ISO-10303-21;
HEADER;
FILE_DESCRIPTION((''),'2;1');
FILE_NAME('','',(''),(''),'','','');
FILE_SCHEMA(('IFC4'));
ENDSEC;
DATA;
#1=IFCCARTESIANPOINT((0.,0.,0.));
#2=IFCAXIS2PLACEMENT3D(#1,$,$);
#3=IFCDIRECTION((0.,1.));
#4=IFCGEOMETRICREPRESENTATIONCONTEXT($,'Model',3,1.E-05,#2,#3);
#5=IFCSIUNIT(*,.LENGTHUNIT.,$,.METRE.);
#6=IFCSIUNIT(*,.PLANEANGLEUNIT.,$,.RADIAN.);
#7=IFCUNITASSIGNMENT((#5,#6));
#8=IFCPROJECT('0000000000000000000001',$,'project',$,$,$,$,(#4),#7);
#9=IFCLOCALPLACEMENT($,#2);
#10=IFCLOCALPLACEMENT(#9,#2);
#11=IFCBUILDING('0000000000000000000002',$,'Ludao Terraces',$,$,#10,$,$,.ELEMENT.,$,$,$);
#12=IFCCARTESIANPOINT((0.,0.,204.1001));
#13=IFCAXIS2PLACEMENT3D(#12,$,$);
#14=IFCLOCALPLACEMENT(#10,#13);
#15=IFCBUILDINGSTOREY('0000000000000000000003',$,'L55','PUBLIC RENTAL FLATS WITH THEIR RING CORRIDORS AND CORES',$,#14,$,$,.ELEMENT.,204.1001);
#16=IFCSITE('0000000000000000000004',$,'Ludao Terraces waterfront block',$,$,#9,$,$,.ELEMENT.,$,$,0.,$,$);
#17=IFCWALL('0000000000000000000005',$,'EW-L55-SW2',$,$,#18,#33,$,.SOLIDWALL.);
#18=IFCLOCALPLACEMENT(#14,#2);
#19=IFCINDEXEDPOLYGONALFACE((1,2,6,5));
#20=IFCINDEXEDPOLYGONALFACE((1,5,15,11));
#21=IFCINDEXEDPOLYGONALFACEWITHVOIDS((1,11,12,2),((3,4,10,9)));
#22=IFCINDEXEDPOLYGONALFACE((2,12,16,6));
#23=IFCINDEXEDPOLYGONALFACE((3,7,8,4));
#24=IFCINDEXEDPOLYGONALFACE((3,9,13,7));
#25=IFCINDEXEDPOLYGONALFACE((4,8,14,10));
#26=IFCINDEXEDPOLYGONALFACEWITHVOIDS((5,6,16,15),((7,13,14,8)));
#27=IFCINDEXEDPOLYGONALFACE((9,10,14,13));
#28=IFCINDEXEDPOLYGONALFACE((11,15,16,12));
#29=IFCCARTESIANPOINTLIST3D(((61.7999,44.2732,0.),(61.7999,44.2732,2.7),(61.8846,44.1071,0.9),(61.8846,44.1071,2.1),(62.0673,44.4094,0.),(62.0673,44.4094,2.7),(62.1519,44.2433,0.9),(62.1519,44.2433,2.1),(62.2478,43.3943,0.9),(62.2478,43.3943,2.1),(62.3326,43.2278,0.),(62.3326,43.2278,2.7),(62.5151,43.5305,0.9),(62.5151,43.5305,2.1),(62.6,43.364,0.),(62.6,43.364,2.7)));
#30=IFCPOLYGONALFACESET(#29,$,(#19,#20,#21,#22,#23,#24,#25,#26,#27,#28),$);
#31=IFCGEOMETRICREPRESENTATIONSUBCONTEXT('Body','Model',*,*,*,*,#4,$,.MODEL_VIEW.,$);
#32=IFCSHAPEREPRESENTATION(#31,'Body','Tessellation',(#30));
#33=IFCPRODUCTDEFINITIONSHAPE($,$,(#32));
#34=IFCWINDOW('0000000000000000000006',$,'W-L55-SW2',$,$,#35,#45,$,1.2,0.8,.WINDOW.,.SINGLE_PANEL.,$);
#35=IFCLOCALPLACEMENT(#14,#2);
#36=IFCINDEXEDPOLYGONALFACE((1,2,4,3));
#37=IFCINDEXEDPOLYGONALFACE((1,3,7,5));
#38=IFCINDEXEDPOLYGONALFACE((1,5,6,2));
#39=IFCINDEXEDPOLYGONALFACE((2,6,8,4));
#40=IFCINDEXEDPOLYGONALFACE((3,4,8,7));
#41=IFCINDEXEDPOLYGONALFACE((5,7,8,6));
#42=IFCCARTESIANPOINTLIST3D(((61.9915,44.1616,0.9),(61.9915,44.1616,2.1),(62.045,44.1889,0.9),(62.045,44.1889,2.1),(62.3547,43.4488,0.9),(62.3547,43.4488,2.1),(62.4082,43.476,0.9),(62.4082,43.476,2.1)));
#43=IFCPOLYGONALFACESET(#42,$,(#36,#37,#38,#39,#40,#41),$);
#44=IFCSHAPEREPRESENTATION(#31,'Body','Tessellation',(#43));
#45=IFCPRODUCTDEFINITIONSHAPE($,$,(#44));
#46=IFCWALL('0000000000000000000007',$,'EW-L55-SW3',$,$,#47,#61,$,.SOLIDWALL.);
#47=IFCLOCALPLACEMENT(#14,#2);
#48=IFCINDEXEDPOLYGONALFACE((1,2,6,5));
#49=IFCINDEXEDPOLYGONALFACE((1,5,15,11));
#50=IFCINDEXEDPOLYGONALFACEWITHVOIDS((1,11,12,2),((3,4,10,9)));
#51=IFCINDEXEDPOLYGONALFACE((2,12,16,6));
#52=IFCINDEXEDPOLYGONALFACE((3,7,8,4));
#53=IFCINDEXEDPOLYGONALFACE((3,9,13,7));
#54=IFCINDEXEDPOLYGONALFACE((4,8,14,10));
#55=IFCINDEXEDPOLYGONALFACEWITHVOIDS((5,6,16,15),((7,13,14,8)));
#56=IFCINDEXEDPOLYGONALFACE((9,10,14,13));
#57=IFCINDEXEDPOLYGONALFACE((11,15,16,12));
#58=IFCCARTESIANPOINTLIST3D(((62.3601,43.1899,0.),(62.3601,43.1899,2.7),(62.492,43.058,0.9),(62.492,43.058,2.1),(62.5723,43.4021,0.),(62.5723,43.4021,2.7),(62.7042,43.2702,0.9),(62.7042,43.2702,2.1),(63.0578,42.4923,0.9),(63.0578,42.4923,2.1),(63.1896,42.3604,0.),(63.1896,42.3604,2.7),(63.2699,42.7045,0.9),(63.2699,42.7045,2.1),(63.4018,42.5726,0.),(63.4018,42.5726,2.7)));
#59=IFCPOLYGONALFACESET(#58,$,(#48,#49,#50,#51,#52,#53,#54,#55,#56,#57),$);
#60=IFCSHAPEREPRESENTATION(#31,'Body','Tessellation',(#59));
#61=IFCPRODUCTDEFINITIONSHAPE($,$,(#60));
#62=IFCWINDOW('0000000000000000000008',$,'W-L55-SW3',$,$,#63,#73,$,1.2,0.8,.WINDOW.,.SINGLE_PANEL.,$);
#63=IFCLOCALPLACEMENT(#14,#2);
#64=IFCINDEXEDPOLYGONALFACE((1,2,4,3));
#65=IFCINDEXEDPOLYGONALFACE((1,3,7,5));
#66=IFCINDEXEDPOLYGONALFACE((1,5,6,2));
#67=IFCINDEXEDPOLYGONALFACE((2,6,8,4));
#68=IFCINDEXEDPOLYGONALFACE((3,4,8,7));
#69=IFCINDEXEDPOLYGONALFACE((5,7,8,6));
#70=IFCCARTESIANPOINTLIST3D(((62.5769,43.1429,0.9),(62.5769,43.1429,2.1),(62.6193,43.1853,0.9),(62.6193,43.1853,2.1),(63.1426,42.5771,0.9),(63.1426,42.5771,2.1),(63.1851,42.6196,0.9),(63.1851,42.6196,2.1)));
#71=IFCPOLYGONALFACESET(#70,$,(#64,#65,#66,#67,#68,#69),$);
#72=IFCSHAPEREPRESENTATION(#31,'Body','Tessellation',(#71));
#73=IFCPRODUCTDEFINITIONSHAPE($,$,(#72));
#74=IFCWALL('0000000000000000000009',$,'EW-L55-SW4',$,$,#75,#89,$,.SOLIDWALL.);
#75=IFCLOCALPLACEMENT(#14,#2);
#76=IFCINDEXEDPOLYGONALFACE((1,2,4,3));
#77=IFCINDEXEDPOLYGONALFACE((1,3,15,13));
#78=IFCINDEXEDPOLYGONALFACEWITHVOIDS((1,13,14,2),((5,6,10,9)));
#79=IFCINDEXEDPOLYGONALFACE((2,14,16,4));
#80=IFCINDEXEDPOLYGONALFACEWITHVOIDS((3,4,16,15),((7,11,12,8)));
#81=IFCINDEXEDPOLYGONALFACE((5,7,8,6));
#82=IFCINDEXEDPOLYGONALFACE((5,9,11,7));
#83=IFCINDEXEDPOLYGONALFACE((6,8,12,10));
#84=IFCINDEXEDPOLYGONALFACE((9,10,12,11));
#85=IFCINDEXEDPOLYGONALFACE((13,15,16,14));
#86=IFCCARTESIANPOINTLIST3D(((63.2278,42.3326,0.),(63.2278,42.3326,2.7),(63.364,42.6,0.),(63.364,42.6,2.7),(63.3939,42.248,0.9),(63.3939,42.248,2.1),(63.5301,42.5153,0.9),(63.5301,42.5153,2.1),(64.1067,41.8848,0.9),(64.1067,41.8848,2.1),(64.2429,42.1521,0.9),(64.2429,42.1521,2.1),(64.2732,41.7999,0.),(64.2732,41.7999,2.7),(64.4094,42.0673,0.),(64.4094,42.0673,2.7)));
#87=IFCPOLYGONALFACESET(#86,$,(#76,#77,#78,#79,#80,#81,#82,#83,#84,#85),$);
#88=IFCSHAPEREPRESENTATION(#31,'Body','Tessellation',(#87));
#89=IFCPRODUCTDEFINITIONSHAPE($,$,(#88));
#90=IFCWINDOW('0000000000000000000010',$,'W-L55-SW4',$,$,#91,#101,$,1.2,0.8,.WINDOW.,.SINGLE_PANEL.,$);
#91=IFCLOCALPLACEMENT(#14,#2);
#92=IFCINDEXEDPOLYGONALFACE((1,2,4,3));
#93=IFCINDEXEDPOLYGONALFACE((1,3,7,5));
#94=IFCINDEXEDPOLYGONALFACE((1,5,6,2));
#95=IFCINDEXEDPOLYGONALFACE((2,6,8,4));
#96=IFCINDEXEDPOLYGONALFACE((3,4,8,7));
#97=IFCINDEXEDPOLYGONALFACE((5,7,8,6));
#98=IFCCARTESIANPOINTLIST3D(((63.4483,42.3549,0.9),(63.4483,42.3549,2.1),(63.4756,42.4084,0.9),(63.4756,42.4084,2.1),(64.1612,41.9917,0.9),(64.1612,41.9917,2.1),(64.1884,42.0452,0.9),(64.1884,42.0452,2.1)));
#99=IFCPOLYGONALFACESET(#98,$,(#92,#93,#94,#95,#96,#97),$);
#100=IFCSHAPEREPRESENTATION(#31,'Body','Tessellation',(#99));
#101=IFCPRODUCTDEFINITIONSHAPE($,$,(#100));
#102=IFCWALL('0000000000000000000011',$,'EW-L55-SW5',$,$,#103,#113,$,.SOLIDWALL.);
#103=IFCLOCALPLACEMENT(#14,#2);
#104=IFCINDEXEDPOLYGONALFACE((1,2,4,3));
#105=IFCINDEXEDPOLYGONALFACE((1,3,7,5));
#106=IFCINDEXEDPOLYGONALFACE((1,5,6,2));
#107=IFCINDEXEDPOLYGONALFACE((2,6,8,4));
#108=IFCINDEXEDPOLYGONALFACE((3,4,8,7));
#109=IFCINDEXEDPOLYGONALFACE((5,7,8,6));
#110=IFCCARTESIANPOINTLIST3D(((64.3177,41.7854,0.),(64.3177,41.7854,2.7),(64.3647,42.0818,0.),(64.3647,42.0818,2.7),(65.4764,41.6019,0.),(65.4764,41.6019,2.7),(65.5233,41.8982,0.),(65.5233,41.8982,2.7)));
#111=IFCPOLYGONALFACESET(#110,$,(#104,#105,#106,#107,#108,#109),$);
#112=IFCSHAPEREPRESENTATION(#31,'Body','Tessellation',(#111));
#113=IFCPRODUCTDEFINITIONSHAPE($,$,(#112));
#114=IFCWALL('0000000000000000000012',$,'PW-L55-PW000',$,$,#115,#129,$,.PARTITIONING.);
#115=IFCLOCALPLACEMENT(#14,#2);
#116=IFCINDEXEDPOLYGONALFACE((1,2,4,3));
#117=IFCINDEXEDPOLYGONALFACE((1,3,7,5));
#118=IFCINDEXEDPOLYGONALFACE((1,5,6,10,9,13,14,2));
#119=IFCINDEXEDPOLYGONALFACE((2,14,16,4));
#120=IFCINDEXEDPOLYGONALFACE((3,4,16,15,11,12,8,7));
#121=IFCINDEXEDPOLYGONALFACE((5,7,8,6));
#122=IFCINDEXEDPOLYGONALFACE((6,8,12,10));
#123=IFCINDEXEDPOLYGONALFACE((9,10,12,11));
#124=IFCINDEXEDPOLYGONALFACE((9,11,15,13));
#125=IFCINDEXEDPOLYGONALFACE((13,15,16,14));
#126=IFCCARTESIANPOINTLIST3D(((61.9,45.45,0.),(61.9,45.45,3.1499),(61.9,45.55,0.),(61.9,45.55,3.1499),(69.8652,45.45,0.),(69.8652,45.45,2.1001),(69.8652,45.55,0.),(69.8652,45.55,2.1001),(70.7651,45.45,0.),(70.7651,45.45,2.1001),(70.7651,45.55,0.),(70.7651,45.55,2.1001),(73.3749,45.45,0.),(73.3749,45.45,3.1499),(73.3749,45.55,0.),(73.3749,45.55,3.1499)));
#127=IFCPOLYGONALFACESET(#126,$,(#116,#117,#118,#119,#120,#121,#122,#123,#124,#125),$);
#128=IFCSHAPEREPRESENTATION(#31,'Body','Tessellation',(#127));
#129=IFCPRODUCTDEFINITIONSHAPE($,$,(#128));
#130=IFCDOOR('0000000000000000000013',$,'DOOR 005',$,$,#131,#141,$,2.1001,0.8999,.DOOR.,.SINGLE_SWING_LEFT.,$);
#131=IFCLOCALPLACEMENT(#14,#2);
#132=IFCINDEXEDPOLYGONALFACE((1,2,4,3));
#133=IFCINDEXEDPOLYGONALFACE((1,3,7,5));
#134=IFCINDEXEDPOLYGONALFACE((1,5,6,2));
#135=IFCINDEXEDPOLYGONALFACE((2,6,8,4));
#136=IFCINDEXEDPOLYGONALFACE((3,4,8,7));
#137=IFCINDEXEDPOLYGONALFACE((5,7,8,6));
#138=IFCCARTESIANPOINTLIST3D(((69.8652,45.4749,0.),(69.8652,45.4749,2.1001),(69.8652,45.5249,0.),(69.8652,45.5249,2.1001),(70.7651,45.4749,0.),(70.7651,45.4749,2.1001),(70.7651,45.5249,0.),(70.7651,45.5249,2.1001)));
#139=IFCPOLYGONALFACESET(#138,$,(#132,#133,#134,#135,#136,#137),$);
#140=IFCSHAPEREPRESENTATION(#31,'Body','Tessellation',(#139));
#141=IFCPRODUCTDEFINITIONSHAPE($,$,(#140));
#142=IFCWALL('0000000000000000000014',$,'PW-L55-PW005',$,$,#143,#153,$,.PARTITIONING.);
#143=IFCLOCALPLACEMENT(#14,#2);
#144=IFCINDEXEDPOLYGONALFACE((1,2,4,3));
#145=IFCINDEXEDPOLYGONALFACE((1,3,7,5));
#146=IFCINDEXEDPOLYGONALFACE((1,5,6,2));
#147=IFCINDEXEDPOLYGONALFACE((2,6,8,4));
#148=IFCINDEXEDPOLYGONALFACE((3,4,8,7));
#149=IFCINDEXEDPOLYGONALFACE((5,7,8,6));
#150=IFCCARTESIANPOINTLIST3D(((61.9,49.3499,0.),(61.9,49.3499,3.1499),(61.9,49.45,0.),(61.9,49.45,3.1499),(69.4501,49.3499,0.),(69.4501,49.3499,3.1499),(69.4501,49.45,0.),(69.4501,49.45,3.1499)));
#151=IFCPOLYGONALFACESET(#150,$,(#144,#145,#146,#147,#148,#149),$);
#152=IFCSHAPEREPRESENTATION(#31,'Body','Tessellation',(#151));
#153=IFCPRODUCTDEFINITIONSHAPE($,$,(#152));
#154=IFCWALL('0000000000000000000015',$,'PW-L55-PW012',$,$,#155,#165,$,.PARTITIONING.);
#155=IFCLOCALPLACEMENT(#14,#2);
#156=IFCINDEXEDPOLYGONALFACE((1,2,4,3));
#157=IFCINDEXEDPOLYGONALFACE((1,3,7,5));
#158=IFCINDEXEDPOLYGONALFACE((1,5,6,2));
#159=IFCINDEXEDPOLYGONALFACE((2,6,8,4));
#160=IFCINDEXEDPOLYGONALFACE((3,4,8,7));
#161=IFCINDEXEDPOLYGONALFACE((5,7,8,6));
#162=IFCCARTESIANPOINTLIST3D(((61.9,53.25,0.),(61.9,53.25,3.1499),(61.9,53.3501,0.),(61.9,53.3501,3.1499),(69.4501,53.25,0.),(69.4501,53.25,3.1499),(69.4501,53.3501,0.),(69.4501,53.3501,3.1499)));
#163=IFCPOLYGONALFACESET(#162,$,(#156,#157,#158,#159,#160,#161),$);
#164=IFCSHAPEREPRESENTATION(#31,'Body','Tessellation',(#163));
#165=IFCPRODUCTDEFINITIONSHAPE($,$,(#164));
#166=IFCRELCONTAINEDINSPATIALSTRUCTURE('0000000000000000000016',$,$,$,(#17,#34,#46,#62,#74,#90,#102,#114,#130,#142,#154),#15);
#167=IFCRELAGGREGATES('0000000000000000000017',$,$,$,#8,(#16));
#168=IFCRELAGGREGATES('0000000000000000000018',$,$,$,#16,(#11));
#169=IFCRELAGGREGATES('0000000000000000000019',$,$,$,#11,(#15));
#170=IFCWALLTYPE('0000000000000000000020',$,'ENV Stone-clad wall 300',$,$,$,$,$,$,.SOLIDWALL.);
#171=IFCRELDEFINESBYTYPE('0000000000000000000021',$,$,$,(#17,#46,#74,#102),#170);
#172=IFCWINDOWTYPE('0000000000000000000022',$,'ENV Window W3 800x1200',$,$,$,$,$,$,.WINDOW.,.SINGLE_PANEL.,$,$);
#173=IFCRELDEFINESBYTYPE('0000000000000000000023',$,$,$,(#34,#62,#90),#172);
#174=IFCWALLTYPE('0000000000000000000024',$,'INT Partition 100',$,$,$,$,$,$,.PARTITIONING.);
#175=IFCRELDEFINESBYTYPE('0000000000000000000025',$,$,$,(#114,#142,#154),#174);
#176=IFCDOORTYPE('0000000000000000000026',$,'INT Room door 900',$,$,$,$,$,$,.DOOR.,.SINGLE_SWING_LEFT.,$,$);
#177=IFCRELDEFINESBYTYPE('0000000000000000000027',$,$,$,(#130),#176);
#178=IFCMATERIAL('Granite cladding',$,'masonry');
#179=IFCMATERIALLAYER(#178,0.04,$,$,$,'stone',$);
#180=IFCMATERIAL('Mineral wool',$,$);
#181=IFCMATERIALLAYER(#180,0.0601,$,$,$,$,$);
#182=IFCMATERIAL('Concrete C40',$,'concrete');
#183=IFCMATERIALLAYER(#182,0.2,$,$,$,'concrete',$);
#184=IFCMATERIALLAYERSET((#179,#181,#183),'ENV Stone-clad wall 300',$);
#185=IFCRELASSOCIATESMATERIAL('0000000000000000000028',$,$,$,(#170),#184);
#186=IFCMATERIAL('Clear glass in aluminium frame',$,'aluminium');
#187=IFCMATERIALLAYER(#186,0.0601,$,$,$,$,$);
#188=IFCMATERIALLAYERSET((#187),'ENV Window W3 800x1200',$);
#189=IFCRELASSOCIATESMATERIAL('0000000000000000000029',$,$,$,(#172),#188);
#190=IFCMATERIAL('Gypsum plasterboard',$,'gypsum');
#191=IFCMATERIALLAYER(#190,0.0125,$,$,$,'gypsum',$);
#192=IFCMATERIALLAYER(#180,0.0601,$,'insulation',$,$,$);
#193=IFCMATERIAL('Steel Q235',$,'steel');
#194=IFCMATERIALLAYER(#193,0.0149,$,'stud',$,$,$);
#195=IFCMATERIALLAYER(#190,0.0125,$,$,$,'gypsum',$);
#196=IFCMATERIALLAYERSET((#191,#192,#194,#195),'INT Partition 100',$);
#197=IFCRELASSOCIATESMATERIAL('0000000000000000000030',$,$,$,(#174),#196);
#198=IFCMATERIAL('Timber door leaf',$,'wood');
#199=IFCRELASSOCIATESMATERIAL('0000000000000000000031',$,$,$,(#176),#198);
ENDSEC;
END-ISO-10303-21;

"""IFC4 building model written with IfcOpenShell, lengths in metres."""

from ifc_helpers import new_model, si_unit, direction, frame, frame_2d, origin, place, context, subcontext, project, spatial, rectangle, extrude, material, layer, layer_set, type_object, element, fill, save


model = new_model("IFC4")

# Units and contexts
model_context = context("Model", 3, precision=1e-05, world=origin(), true_north=direction((0.0, 1.0)))
body_context = subcontext(model_context, "Body", "Model", "MODEL_VIEW")
ifc_project = project(units=[si_unit("LENGTHUNIT", "METRE"), si_unit("PLANEANGLEUNIT", "RADIAN")], contexts=[model_context])

# Site, building, storey
site_placement = place(None, origin())
site = spatial("IfcSite", under=ifc_project, at=site_placement, Name="Ludao Terraces waterfront block", CompositionType="ELEMENT", RefElevation=0.0)
building_placement = place(site_placement, origin())
building = spatial("IfcBuilding", under=site, at=building_placement, Name="Ludao Terraces", CompositionType="ELEMENT")
storey_placement = place(building_placement, frame((0.0, 0.0, 204.1001)))
storey = spatial("IfcBuildingStorey", under=building, at=storey_placement, Name="L55", Description="PUBLIC RENTAL FLATS WITH THEIR RING CORRIDORS AND CORES", CompositionType="ELEMENT", Elevation=204.1001)

# Shared definitions
ifc_material_1 = material(Name="Concrete C40", Category="concrete")

# Shared definitions
ifc_material_2 = material(Name="Granite cladding", Category="masonry")
ifc_layer_1 = layer(ifc_material_2, 0.04, Category="stone")
ifc_material_3 = material(Name="Mineral wool")
ifc_layer_2 = layer(ifc_material_3, 0.0601)
ifc_layer_3 = layer(ifc_material_1, 0.2, Category="concrete")
ifc_layer_set_1 = layer_set([ifc_layer_1, ifc_layer_2, ifc_layer_3], Name="ENV Stone-clad wall 300")
wall_type_1 = type_object("IfcWallType", Name="ENV Stone-clad wall 300", PredefinedType="SOLIDWALL", material=ifc_layer_set_1)
ifc_material_4 = material(Name="Clear glass in aluminium frame", Category="aluminium")

# Walls, openings, windows
wall_1_placement = place(storey_placement, frame((61.9336, 44.3413, 0.0), z_axis=(0.0, 0.0, 1.0), x_axis=(0.454026, -0.890989, 0.0)))
wall_1 = element("IfcWall", 1, at=wall_1_placement, inside=storey, type_object=wall_type_1, Name="EW-L55-SW2", PredefinedType="SOLIDWALL", context=body_context, shape_type="SweptSolid", body=[
    extrude(rectangle(XDim=1.1733, YDim=0.3, at=frame_2d((0.5867, 0.0))), origin(), (0.0, 0.0, 1.0), 2.7),
])
opening_1_placement = place(wall_1_placement, frame((0.1865, 0.0, 0.8999)))
opening_1 = element("IfcOpeningElement", 2, at=opening_1_placement, cuts=wall_1, PredefinedType="OPENING", context=body_context, shape_type="SweptSolid", body=[
    extrude(rectangle(XDim=0.8, YDim=1.2, at=frame_2d((0.3999, 0.6001))), frame((0.0, 0.1602, 0.0), z_axis=(0.0, -1.0, 0.0), x_axis=(1.0, 0.0, 0.0)), (0.0, 0.0, 1.0), 0.3201),
])
ifc_layer_4 = layer(ifc_material_4, 0.0601)
ifc_layer_set_2 = layer_set([ifc_layer_4], Name="ENV Window W3 800x1200")
window_type_1 = type_object("IfcWindowType", Name="ENV Window W3 800x1200", PartitioningType="SINGLE_PANEL", PredefinedType="WINDOW", material=ifc_layer_set_2)
window_1_placement = place(opening_1_placement, origin())
window_1 = element("IfcWindow", 3, at=window_1_placement, inside=storey, type_object=window_type_1, Name="W-L55-SW2", OverallHeight=1.2, OverallWidth=0.8, PartitioningType="SINGLE_PANEL", PredefinedType="WINDOW", context=body_context, shape_type="SweptSolid", body=[
    extrude(rectangle(XDim=0.8, YDim=1.2, at=frame_2d((0.3999, 0.6001))), frame((0.0, 0.03, 0.0), z_axis=(0.0, -1.0, 0.0), x_axis=(1.0, 0.0, 0.0)), (0.0, 0.0, 1.0), 0.0601),
])
fill(opening_1, window_1)
wall_2_placement = place(storey_placement, frame((62.4663, 43.2959, 0.0), z_axis=(0.0, 0.0, 1.0), x_axis=(0.707107, -0.707107, 0.0)))
wall_2 = element("IfcWall", 4, at=wall_2_placement, inside=storey, type_object=wall_type_1, Name="EW-L55-SW3", PredefinedType="SOLIDWALL", context=body_context, shape_type="SweptSolid", body=[
    extrude(rectangle(XDim=1.1731, YDim=0.3, at=frame_2d((0.5864, 0.0))), origin(), (0.0, 0.0, 1.0), 2.7),
])
opening_2_placement = place(wall_2_placement, frame((0.1865, 0.0, 0.8999)))
opening_2 = element("IfcOpeningElement", 5, at=opening_2_placement, cuts=wall_2, PredefinedType="OPENING", context=body_context, shape_type="SweptSolid", body=[
    extrude(rectangle(XDim=0.8, YDim=1.2, at=frame_2d((0.3999, 0.6001))), frame((0.0, 0.1602, 0.0), z_axis=(0.0, -1.0, 0.0), x_axis=(1.0, 0.0, 0.0)), (0.0, 0.0, 1.0), 0.3201),
])
window_2_placement = place(opening_2_placement, origin())
window_2 = element("IfcWindow", 6, at=window_2_placement, inside=storey, type_object=window_type_1, Name="W-L55-SW3", OverallHeight=1.2, OverallWidth=0.8, PartitioningType="SINGLE_PANEL", PredefinedType="WINDOW", context=body_context, shape_type="SweptSolid", body=[
    extrude(rectangle(XDim=0.8, YDim=1.2, at=frame_2d((0.3999, 0.6001))), frame((0.0, 0.03, 0.0), z_axis=(0.0, -1.0, 0.0), x_axis=(1.0, 0.0, 0.0)), (0.0, 0.0, 1.0), 0.0601),
])
fill(opening_2, window_2)
wall_3_placement = place(storey_placement, frame((63.2959, 42.4663, 0.0), z_axis=(0.0, 0.0, 1.0), x_axis=(0.890989, -0.454026, 0.0)))
wall_3 = element("IfcWall", 7, at=wall_3_placement, inside=storey, type_object=wall_type_1, Name="EW-L55-SW4", PredefinedType="SOLIDWALL", context=body_context, shape_type="SweptSolid", body=[
    extrude(rectangle(XDim=1.1733, YDim=0.3, at=frame_2d((0.5867, 0.0))), origin(), (0.0, 0.0, 1.0), 2.7),
])
opening_3_placement = place(wall_3_placement, frame((0.1865, 0.0, 0.8999)))
opening_3 = element("IfcOpeningElement", 8, at=opening_3_placement, cuts=wall_3, PredefinedType="OPENING", context=body_context, shape_type="SweptSolid", body=[
    extrude(rectangle(XDim=0.8, YDim=1.2, at=frame_2d((0.3999, 0.6001))), frame((0.0, 0.1602, 0.0), z_axis=(0.0, -1.0, 0.0), x_axis=(1.0, 0.0, 0.0)), (0.0, 0.0, 1.0), 0.3201),
])
window_3_placement = place(opening_3_placement, origin())
window_3 = element("IfcWindow", 9, at=window_3_placement, inside=storey, type_object=window_type_1, Name="W-L55-SW4", OverallHeight=1.2, OverallWidth=0.8, PartitioningType="SINGLE_PANEL", PredefinedType="WINDOW", context=body_context, shape_type="SweptSolid", body=[
    extrude(rectangle(XDim=0.8, YDim=1.2, at=frame_2d((0.3999, 0.6001))), frame((0.0, 0.03, 0.0), z_axis=(0.0, -1.0, 0.0), x_axis=(1.0, 0.0, 0.0)), (0.0, 0.0, 1.0), 0.0601),
])
fill(opening_3, window_3)

# Wall
wall_4_placement = place(storey_placement, frame((64.3413, 41.9336, 0.0), z_axis=(0.0, 0.0, 1.0), x_axis=(0.987678, -0.156497, 0.0)))
element("IfcWall", 10, at=wall_4_placement, inside=storey, type_object=wall_type_1, Name="EW-L55-SW5", PredefinedType="SOLIDWALL", context=body_context, shape_type="SweptSolid", body=[
    extrude(rectangle(XDim=1.1731, YDim=0.3, at=frame_2d((0.5864, 0.0))), origin(), (0.0, 0.0, 1.0), 2.7),
])

# Wall, opening, door
ifc_material_5 = material(Name="Gypsum plasterboard", Category="gypsum")
ifc_layer_5 = layer(ifc_material_5, 0.0125, Category="gypsum")
ifc_layer_6 = layer(ifc_material_3, 0.0601, Name="insulation")
ifc_material_6 = material(Name="Steel Q235", Category="steel")
ifc_layer_7 = layer(ifc_material_6, 0.0149, Name="stud")
ifc_layer_8 = layer(ifc_material_5, 0.0125, Category="gypsum")
ifc_layer_set_3 = layer_set([ifc_layer_5, ifc_layer_6, ifc_layer_7, ifc_layer_8], Name="INT Partition 100")
wall_type_2 = type_object("IfcWallType", Name="INT Partition 100", PredefinedType="PARTITIONING", material=ifc_layer_set_3)
wall_5_placement = place(storey_placement, frame((61.9001, 45.5, 0.0), z_axis=(0.0, 0.0, 1.0), x_axis=(1.0, 0.0, 0.0)))
wall_5 = element("IfcWall", 11, at=wall_5_placement, inside=storey, type_object=wall_type_2, Name="PW-L55-PW000", PredefinedType="PARTITIONING", context=body_context, shape_type="SweptSolid", body=[
    extrude(rectangle(XDim=11.4749, YDim=0.1001, at=frame_2d((5.7373, 0.0))), origin(), (0.0, 0.0, 1.0), 3.1499),
])
opening_4_placement = place(wall_5_placement, frame((7.9651, 0.0, 0.0)))
opening_4 = element("IfcOpeningElement", 12, at=opening_4_placement, cuts=wall_5, PredefinedType="OPENING", context=body_context, shape_type="SweptSolid", body=[
    extrude(rectangle(XDim=0.8999, YDim=2.1001, at=frame_2d((0.45, 1.05))), frame((0.0, 0.0601, 0.0), z_axis=(0.0, -1.0, 0.0), x_axis=(1.0, 0.0, 0.0)), (0.0, 0.0, 1.0), 0.1201),
])
ifc_material_7 = material(Name="Timber door leaf", Category="wood")
door_type_1 = type_object("IfcDoorType", Name="INT Room door 900", OperationType="SINGLE_SWING_LEFT", PredefinedType="DOOR", material=ifc_material_7)
door_1_placement = place(opening_4_placement, origin())
door_1 = element("IfcDoor", 13, at=door_1_placement, inside=storey, type_object=door_type_1, Name="DOOR 005", OperationType="SINGLE_SWING_LEFT", OverallHeight=2.1001, OverallWidth=0.8999, PredefinedType="DOOR", context=body_context, shape_type="SweptSolid", body=[
    extrude(rectangle(XDim=0.8999, YDim=2.1001, at=frame_2d((0.45, 1.05))), frame((0.0, 0.0249, 0.0), z_axis=(0.0, -1.0, 0.0), x_axis=(1.0, 0.0, 0.0)), (0.0, 0.0, 1.0), 0.05),
])
fill(opening_4, door_1)

# Walls
for number, where, z_axis, x_axis, name in (
    (14, (61.9001, 49.3999, 0.0), (0.0, 0.0, 1.0), (1.0, 0.0, 0.0), "PW-L55-PW005"),
    (15, (61.9001, 53.3, 0.0), (0.0, 0.0, 1.0), (1.0, 0.0, 0.0), "PW-L55-PW012"),
):
    element("IfcWall", number, at=place(storey_placement, frame(where, z_axis=z_axis, x_axis=x_axis)), inside=storey, type_object=wall_type_2, Name=name, PredefinedType="PARTITIONING", context=body_context, shape_type="SweptSolid", body=[
        extrude(rectangle(XDim=7.55, YDim=0.1001, at=frame_2d((3.7749, 0.0))), origin(), (0.0, 0.0, 1.0), 3.1499),
    ])

save(model, "model.ifc")
